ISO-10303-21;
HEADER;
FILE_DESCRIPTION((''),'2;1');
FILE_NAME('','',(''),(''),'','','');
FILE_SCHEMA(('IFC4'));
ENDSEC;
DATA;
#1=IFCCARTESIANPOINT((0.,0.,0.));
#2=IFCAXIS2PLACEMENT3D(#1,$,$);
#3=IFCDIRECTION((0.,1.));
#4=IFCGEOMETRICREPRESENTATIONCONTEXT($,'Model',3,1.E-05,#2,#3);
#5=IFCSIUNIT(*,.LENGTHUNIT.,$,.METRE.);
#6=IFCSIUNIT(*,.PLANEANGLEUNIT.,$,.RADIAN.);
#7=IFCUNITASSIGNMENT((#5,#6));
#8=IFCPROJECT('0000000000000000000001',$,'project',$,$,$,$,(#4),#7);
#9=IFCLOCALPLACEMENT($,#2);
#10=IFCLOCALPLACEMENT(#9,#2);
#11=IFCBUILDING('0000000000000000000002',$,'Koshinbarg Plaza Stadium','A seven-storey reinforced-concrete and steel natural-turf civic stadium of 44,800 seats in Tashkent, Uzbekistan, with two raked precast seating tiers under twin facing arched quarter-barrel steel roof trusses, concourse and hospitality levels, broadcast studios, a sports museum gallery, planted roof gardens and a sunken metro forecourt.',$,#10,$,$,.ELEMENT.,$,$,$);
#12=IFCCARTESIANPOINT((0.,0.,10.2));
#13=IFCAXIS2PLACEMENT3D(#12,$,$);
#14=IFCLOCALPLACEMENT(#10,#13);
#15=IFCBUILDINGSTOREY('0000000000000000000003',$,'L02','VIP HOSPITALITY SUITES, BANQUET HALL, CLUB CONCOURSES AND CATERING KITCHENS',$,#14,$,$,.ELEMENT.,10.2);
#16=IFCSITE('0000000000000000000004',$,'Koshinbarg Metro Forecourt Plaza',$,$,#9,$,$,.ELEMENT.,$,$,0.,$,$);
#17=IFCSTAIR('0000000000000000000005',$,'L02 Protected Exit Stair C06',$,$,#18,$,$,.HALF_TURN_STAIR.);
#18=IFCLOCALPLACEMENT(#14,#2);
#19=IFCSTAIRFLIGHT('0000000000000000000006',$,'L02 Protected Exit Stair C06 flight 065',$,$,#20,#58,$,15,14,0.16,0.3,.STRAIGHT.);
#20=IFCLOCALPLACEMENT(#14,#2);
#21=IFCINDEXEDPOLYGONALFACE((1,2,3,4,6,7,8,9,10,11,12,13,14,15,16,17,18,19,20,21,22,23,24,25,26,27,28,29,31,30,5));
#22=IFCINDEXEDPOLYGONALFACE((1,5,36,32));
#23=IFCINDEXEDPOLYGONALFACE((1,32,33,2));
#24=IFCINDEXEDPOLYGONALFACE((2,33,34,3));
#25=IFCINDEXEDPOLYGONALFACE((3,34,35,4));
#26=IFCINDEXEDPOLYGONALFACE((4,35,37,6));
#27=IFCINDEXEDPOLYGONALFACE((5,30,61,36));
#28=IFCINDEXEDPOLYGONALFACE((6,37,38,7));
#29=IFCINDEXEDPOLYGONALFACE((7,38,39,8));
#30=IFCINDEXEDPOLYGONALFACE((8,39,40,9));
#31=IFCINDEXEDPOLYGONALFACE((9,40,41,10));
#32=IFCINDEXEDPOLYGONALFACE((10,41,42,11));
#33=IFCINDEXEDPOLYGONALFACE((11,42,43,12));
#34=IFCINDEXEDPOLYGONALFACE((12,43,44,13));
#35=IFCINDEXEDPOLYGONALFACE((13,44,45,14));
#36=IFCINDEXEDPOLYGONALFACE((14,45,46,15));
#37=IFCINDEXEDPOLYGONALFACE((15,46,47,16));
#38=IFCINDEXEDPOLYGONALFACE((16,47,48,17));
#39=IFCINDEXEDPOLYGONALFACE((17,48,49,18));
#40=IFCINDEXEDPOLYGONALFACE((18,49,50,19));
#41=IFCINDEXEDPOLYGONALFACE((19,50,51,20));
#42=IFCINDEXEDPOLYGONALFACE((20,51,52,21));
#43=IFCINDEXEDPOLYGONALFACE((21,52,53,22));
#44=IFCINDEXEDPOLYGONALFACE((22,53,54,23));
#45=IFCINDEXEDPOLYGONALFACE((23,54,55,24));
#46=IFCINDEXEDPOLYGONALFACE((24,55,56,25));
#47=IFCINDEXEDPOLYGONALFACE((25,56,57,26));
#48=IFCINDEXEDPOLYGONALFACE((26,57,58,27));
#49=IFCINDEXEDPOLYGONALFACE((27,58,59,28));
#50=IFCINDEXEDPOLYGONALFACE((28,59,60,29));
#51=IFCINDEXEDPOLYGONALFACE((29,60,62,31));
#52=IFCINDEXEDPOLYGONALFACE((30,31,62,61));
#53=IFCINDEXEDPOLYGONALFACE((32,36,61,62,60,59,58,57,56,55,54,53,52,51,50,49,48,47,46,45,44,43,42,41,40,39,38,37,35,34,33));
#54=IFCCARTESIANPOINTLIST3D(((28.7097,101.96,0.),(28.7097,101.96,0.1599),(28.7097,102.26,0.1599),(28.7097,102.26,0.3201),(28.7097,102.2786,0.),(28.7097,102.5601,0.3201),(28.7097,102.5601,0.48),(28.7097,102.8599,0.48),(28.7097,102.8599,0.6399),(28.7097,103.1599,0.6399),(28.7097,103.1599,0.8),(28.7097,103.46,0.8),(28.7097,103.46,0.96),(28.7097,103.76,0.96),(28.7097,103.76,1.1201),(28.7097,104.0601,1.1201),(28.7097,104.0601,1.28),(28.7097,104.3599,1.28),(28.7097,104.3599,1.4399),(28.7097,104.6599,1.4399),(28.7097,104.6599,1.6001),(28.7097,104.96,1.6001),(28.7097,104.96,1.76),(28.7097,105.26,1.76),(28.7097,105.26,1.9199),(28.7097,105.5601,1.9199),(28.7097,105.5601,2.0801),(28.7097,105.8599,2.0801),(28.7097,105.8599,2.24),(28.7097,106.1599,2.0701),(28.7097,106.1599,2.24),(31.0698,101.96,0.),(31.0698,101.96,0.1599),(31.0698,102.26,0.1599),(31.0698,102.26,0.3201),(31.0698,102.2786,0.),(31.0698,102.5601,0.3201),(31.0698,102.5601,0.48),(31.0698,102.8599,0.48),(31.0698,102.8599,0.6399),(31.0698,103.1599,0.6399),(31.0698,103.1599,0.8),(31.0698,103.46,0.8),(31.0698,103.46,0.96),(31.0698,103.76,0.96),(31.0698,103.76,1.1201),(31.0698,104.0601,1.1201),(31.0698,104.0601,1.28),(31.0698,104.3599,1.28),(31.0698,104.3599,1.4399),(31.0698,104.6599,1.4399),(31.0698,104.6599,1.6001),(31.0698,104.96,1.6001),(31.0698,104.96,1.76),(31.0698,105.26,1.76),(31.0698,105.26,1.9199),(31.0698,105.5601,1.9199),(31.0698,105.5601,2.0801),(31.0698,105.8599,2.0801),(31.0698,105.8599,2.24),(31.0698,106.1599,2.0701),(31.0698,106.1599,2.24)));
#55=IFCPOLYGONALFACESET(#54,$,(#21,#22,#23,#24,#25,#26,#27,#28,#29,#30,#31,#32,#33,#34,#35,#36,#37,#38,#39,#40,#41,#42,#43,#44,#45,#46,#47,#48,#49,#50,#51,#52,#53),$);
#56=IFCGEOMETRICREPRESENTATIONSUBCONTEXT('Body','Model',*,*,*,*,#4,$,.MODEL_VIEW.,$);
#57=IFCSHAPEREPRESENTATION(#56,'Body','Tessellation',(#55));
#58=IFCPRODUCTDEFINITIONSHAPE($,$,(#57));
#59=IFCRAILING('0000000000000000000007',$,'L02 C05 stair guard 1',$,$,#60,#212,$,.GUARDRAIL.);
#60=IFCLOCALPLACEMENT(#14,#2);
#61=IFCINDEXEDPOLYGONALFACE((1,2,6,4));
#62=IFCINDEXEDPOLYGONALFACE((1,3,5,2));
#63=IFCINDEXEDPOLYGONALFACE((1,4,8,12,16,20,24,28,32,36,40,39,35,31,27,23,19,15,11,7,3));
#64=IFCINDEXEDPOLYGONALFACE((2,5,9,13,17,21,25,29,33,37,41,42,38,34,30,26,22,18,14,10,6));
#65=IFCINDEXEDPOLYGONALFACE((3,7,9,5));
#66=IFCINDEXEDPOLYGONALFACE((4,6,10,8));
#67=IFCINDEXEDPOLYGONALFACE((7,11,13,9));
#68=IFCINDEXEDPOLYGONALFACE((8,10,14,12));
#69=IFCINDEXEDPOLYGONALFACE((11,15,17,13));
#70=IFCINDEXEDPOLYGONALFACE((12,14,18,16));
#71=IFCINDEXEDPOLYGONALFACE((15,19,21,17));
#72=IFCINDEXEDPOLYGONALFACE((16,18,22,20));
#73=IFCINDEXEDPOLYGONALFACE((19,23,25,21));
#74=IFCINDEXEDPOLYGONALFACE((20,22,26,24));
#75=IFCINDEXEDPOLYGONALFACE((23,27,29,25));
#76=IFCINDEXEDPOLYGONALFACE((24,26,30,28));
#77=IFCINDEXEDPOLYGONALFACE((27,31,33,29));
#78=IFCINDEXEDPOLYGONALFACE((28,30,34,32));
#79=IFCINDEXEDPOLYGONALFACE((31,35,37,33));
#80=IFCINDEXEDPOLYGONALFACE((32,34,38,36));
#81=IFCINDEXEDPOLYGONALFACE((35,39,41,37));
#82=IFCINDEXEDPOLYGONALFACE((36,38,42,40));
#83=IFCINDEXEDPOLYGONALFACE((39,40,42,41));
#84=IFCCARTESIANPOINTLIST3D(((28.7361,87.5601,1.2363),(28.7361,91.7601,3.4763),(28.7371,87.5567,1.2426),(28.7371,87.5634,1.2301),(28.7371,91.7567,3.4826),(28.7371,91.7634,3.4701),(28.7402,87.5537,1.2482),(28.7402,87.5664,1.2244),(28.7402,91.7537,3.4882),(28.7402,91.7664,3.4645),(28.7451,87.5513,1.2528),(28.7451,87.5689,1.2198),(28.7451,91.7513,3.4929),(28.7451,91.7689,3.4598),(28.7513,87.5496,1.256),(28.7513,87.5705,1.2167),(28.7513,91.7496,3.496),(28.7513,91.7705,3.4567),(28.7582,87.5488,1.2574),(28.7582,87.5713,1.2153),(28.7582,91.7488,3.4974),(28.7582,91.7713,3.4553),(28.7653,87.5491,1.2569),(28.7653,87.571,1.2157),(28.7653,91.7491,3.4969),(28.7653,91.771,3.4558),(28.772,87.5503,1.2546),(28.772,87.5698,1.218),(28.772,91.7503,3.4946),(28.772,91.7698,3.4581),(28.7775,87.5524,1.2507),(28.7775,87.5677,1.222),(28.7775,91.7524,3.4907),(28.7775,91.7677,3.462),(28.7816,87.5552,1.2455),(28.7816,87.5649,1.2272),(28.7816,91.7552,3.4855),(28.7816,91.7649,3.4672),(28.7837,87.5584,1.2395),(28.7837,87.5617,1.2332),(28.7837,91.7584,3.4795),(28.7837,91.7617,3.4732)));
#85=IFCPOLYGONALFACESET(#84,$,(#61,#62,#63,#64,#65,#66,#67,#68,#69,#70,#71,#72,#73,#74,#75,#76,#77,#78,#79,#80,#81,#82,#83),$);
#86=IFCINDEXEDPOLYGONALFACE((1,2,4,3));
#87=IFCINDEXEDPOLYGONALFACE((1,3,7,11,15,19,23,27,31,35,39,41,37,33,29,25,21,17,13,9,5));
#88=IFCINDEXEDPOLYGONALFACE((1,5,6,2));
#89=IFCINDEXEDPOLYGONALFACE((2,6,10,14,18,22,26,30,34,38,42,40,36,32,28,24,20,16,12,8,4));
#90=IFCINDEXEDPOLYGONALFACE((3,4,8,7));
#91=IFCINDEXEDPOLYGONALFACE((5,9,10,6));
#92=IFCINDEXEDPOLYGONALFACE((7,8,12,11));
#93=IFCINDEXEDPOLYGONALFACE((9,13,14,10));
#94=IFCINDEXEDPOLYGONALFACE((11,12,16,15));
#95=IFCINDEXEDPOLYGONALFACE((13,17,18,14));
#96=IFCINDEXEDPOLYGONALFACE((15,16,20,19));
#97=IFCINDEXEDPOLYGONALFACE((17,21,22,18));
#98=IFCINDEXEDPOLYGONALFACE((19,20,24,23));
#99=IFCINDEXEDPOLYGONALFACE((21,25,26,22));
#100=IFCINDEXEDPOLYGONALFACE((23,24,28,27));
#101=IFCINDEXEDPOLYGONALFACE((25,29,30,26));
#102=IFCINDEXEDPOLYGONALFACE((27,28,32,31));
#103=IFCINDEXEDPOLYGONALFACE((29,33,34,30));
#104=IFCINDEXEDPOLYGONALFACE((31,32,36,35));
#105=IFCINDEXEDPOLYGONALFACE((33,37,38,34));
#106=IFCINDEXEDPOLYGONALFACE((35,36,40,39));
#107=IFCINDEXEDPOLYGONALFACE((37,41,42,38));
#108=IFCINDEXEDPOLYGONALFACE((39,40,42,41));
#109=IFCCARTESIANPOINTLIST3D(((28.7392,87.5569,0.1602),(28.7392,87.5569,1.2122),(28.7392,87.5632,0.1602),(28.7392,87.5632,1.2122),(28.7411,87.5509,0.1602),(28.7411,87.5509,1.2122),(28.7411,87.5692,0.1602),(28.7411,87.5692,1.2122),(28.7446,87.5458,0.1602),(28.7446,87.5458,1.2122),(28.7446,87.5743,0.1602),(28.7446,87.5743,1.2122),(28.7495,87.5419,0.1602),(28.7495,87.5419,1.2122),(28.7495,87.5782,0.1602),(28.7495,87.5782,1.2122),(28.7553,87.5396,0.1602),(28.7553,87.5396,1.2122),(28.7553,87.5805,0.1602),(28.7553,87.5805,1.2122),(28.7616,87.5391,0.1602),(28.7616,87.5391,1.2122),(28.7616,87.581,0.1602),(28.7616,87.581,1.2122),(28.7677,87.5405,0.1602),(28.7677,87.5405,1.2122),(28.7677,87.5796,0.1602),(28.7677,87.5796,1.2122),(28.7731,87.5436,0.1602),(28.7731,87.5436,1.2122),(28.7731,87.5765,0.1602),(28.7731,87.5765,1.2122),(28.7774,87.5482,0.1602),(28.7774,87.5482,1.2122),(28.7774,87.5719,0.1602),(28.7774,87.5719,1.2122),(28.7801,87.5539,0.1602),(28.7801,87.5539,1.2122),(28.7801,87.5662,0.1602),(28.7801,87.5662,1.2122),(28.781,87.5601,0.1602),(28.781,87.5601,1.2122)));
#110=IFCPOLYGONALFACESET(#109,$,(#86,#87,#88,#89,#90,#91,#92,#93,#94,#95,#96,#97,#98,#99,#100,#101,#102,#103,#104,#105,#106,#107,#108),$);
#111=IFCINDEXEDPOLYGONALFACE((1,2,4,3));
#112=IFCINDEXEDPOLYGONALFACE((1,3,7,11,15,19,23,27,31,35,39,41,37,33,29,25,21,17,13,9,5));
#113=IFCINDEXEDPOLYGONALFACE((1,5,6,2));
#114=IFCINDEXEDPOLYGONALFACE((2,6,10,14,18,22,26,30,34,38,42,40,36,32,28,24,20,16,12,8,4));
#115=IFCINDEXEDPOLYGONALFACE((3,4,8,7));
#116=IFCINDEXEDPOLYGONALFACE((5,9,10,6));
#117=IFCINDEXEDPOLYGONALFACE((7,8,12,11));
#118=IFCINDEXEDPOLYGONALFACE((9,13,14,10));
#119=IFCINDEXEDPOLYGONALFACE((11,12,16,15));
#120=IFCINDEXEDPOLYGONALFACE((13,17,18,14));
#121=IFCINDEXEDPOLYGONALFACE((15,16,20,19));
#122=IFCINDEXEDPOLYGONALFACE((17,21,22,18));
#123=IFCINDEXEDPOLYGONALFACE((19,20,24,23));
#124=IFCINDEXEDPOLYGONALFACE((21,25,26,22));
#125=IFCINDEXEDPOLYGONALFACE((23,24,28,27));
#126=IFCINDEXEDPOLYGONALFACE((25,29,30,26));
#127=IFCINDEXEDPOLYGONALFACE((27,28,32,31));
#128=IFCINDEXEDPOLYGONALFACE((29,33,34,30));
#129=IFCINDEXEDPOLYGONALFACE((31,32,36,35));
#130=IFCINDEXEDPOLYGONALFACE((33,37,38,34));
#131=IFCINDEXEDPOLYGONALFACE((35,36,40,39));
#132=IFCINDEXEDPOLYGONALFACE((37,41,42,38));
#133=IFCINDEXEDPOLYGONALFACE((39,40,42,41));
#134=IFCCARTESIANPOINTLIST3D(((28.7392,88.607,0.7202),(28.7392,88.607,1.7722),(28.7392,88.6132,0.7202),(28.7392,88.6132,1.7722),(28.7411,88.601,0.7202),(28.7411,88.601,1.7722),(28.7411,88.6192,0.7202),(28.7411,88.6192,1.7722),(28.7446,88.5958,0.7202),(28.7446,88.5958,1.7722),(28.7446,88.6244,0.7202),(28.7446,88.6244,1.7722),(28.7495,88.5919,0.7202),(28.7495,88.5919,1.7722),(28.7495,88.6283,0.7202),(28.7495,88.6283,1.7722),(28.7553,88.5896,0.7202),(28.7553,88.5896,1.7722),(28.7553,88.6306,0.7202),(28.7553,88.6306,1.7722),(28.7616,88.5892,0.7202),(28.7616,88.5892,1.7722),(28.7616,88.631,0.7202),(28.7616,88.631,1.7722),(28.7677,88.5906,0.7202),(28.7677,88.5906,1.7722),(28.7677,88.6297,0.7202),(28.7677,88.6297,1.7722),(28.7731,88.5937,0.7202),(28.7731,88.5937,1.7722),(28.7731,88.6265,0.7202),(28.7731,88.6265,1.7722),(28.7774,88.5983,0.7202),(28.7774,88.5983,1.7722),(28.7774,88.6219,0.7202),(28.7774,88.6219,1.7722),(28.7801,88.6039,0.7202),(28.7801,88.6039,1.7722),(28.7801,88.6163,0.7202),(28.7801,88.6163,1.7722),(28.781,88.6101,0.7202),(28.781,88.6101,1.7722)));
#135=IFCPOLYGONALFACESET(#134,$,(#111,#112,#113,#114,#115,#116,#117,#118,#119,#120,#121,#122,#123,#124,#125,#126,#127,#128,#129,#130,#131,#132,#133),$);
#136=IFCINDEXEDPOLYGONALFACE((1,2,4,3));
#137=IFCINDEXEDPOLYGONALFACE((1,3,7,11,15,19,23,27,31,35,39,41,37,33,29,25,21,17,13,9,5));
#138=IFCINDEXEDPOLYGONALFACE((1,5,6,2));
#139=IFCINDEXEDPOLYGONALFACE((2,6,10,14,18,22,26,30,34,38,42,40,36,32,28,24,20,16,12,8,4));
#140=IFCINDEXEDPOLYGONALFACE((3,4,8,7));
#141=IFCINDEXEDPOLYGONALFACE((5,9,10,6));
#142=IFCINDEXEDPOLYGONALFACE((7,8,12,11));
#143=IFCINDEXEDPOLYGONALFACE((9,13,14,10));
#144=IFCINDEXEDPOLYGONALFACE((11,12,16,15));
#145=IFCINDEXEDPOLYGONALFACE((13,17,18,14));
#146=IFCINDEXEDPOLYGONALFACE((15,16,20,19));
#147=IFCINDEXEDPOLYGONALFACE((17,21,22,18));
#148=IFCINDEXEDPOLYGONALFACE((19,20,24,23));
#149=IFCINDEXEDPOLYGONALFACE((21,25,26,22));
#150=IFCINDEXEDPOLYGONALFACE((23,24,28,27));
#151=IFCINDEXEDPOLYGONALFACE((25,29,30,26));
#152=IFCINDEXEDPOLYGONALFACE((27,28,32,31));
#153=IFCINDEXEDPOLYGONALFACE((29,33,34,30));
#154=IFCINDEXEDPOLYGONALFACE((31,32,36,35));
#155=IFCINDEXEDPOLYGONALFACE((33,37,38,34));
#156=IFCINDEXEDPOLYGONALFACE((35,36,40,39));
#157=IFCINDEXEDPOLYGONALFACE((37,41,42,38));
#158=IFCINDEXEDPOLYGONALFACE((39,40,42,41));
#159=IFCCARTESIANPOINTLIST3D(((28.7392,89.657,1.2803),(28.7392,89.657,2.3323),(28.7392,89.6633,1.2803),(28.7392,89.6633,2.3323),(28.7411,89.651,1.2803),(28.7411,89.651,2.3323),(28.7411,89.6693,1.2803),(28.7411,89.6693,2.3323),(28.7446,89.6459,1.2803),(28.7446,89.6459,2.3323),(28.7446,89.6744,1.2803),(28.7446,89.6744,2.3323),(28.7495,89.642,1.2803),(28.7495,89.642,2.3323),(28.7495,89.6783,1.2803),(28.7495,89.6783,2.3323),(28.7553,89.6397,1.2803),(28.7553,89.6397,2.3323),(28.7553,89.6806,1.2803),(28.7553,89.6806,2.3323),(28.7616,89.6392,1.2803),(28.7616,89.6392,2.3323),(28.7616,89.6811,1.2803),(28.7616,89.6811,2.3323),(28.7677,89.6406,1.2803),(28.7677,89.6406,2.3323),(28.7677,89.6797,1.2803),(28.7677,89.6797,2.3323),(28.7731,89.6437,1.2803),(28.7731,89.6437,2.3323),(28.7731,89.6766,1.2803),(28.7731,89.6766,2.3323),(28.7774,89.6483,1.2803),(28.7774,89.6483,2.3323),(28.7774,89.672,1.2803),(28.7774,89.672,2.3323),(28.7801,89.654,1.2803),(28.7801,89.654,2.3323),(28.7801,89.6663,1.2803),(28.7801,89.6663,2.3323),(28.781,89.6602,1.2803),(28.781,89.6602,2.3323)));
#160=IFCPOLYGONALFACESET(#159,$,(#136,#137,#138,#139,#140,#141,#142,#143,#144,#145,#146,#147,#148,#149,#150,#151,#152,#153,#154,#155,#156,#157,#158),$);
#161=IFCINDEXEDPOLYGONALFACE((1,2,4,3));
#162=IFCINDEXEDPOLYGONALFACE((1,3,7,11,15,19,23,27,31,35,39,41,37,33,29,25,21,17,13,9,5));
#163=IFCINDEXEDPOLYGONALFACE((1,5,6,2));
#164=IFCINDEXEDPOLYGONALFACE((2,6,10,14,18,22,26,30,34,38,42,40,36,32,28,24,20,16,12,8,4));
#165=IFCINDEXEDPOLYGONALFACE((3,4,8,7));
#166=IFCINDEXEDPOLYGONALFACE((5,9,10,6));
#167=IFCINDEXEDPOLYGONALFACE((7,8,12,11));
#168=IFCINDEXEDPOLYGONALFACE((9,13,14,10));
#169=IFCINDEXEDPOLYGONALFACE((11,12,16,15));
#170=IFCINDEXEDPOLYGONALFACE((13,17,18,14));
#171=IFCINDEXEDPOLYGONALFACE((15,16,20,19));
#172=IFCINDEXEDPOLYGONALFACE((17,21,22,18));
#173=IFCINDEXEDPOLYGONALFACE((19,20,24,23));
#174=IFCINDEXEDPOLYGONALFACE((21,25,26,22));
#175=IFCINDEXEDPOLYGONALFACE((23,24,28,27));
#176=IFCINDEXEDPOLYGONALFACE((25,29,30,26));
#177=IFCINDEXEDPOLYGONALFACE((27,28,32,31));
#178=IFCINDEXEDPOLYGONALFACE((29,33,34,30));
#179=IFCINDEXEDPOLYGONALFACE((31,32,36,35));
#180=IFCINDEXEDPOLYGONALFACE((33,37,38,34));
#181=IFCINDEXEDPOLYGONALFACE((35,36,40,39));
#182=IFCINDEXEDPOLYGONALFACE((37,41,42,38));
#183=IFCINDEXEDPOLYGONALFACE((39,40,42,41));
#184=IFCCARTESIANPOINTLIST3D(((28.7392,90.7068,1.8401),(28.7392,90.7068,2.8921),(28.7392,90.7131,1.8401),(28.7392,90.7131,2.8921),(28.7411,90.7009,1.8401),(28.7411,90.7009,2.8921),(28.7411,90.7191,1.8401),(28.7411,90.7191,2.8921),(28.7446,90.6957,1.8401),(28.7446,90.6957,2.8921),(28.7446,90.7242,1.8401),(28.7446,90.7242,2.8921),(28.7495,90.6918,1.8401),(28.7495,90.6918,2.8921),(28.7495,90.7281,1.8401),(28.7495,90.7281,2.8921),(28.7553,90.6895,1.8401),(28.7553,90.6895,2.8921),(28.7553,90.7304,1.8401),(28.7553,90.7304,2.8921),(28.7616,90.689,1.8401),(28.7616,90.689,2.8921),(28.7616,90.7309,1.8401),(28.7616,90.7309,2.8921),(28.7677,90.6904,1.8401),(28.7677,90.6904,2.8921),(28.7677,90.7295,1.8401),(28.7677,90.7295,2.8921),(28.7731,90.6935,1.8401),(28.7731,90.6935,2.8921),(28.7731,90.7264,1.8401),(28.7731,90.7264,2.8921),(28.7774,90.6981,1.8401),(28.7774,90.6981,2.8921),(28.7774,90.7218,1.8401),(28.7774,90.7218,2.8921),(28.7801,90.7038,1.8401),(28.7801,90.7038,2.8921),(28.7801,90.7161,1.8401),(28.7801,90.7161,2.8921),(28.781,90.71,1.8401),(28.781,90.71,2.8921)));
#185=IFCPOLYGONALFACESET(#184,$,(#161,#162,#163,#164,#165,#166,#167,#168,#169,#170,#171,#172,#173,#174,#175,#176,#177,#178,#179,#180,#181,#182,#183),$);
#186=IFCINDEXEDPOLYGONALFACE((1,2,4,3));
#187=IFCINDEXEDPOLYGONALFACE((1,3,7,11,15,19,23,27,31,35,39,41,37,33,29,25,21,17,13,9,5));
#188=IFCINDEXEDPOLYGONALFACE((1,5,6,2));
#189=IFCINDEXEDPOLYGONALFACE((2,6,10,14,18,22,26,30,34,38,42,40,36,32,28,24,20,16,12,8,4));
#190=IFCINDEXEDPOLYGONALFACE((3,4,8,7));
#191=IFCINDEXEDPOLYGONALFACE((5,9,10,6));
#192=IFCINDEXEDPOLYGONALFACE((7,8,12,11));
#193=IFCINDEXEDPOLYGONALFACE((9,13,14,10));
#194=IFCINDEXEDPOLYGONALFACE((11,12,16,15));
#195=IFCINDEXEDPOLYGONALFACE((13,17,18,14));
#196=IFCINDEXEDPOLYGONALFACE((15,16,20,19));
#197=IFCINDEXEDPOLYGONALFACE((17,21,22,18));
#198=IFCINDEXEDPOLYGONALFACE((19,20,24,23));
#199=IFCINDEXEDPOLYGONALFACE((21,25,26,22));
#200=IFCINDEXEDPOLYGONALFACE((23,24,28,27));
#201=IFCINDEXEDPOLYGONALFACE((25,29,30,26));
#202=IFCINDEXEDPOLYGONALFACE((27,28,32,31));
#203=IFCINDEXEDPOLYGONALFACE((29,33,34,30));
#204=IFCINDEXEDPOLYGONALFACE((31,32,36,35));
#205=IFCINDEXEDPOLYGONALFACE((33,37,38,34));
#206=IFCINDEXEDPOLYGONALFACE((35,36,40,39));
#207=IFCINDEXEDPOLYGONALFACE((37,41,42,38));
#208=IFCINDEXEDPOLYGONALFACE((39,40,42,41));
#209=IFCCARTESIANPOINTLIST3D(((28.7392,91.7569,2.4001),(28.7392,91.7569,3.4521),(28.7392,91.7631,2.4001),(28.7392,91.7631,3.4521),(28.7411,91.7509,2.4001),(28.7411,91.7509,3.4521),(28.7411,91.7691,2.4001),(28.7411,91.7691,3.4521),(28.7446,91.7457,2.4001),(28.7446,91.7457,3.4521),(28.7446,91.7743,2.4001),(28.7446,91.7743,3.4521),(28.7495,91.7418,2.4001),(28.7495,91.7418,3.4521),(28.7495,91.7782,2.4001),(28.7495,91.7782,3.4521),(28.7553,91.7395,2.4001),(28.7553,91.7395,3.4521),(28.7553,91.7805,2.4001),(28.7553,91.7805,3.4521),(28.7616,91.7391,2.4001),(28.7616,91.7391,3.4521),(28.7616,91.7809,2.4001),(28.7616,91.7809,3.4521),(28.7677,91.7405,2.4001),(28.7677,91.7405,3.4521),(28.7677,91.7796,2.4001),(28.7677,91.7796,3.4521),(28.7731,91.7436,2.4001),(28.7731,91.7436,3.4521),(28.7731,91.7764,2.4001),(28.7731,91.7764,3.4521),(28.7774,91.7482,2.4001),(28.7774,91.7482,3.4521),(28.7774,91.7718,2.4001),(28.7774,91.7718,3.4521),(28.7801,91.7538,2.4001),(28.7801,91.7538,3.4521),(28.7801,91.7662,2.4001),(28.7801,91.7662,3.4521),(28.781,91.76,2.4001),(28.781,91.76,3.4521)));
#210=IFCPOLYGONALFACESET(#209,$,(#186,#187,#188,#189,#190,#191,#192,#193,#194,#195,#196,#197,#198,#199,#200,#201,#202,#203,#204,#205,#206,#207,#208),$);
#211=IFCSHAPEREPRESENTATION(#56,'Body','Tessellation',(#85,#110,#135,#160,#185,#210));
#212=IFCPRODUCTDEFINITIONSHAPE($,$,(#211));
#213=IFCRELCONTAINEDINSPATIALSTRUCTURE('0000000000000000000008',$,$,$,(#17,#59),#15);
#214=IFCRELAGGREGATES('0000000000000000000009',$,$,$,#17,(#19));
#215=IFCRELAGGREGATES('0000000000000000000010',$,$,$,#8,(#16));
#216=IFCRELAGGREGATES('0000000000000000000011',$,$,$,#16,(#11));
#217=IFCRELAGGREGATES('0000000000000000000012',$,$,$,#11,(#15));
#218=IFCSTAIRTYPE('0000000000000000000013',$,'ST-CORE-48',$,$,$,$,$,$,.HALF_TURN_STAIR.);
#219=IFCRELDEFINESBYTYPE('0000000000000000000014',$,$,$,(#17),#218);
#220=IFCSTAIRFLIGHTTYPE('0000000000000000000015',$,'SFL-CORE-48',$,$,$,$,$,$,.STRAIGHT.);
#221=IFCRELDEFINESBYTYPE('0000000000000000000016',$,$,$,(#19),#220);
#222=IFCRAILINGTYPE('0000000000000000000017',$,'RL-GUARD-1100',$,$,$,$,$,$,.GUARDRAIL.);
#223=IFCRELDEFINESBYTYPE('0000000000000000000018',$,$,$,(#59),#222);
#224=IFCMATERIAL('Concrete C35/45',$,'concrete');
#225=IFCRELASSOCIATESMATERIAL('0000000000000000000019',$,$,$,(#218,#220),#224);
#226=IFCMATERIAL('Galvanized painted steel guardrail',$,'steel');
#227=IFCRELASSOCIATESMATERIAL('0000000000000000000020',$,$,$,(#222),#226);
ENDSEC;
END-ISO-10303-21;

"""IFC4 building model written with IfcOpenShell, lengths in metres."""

from ifc_helpers import new_model, si_unit, direction, frame, origin, origin_2d, place, context, subcontext, project, spatial, polyline, circle, outline, extrude, material, type_object, element, aggregate, save


model = new_model("IFC4")

# Units and contexts
model_context = context("Model", 3, precision=1e-05, world=origin(), true_north=direction((0.0, 1.0)))
body_context = subcontext(model_context, "Body", "Model", "MODEL_VIEW")
ifc_project = project(units=[si_unit("LENGTHUNIT", "METRE"), si_unit("PLANEANGLEUNIT", "RADIAN")], contexts=[model_context])

# Site, building, storey
site_placement = place(None, origin())
site = spatial("IfcSite", under=ifc_project, at=site_placement, Name="Koshinbarg Metro Forecourt Plaza", CompositionType="ELEMENT", RefElevation=0.0)
building_placement = place(site_placement, origin())
building = spatial("IfcBuilding", under=site, at=building_placement, Name="Koshinbarg Plaza Stadium", Description="A seven-storey reinforced-concrete and steel natural-turf civic stadium of 44,800 seats in Tashkent, Uzbekistan, with two raked precast seating tiers under twin facing arched quarter-barrel steel roof trusses, concourse and hospitality levels, broadcast studios, a sports museum gallery, planted roof gardens and a sunken metro forecourt.", CompositionType="ELEMENT")
storey_placement = place(building_placement, frame((0.0, 0.0, 10.2)))
storey = spatial("IfcBuildingStorey", under=building, at=storey_placement, Name="L02", Description="VIP HOSPITALITY SUITES, BANQUET HALL, CLUB CONCOURSES AND CATERING KITCHENS", CompositionType="ELEMENT", Elevation=10.2)

# Shared definitions
ifc_material_1 = material(Name="Concrete C35/45", Category="concrete")
stair_type = type_object("IfcStairType", Name="ST-CORE-48", PredefinedType="HALF_TURN_STAIR", material=ifc_material_1)
stair_flight_type = type_object("IfcStairFlightType", Name="SFL-CORE-48", PredefinedType="STRAIGHT", material=ifc_material_1)

# Stair, stair flight
stair_1_placement = place(storey_placement, origin())
stair_1 = element("IfcStair", 1, at=stair_1_placement, inside=storey, type_object=stair_type, Name="L02 Protected Exit Stair C06", PredefinedType="HALF_TURN_STAIR")
stair_flight_1_placement = place(storey_placement, frame((29.8899, 101.96, 0.0), z_axis=(0.0, 0.0, 1.0), x_axis=(0.0, 1.0, 0.0)))
stair_flight_1 = element("IfcStairFlight", 2, at=stair_flight_1_placement, type_object=stair_flight_type, Name="L02 Protected Exit Stair C06 flight 065", NumberOfRisers=15, NumberOfTreads=14, PredefinedType="STRAIGHT", RiserHeight=0.16, TreadLength=0.3, context=body_context, shape_type="SweptSolid", body=[
    extrude(outline(polyline([(0.0, 0.0), (0.0, 0.1599), (0.3, 0.1599), (0.3, 0.3201), (0.6001, 0.3201), (0.6001, 0.48), (0.8999, 0.48), (0.8999, 0.6399), (1.2, 0.6399), (1.2, 0.8), (1.5, 0.8), (1.5, 0.96), (1.8, 0.96), (1.8, 1.1201), (2.1001, 1.1201), (2.1001, 1.28), (2.3999, 1.28), (2.3999, 1.4399), (2.7, 1.4399), (2.7, 1.6001), (3.0, 1.6001), (3.0, 1.76), (3.3, 1.76), (3.3, 1.9199), (3.6001, 1.9199), (3.6001, 2.0801), (3.8999, 2.0801), (3.8999, 2.24), (4.2, 2.24), (4.2, 2.3999), (4.2, 2.0701), (0.3186, 0.0), (0.0, 0.0)])), frame((0.0, 1.1802, 0.0), z_axis=(0.0, -1.0, 0.0), x_axis=(1.0, 0.0, 0.0)), (0.0, 0.0, 1.0), 2.3601),
])
aggregate(stair_1, [stair_flight_1])

# Railing
ifc_material_2 = material(Name="Galvanized painted steel guardrail", Category="steel")
railing_type_1 = type_object("IfcRailingType", Name="RL-GUARD-1100", PredefinedType="GUARDRAIL", material=ifc_material_2)
railing_1_placement = place(storey_placement, frame((28.76, 87.5601, 0.1602)))
element("IfcRailing", 3, at=railing_1_placement, inside=storey, type_object=railing_type_1, Name="L02 C05 stair guard 1", PredefinedType="GUARDRAIL", context=body_context, shape_type="SweptSolid", body=[
    extrude(circle(Radius=0.0239, at=origin_2d()), frame((0.0, 0.0, 1.0762), z_axis=(0.0, 0.882352, 0.470591), x_axis=(-1.0, 0.0, 0.0)), (0.0, 0.0, 1.0), 4.76),
    extrude(circle(Radius=0.021, at=origin_2d()), origin(), (0.0, 0.0, 1.0), 1.052),
    extrude(circle(Radius=0.021, at=origin_2d()), frame((0.0, 1.05, 0.5601)), (0.0, 0.0, 1.0), 1.052),
    extrude(circle(Radius=0.021, at=origin_2d()), frame((0.0, 2.1001, 1.1201)), (0.0, 0.0, 1.0), 1.052),
    extrude(circle(Radius=0.021, at=origin_2d()), frame((0.0, 3.1499, 1.6799)), (0.0, 0.0, 1.0), 1.052),
    extrude(circle(Radius=0.021, at=origin_2d()), frame((0.0, 4.2, 2.24)), (0.0, 0.0, 1.0), 1.052),
])

save(model, "model.ifc")
